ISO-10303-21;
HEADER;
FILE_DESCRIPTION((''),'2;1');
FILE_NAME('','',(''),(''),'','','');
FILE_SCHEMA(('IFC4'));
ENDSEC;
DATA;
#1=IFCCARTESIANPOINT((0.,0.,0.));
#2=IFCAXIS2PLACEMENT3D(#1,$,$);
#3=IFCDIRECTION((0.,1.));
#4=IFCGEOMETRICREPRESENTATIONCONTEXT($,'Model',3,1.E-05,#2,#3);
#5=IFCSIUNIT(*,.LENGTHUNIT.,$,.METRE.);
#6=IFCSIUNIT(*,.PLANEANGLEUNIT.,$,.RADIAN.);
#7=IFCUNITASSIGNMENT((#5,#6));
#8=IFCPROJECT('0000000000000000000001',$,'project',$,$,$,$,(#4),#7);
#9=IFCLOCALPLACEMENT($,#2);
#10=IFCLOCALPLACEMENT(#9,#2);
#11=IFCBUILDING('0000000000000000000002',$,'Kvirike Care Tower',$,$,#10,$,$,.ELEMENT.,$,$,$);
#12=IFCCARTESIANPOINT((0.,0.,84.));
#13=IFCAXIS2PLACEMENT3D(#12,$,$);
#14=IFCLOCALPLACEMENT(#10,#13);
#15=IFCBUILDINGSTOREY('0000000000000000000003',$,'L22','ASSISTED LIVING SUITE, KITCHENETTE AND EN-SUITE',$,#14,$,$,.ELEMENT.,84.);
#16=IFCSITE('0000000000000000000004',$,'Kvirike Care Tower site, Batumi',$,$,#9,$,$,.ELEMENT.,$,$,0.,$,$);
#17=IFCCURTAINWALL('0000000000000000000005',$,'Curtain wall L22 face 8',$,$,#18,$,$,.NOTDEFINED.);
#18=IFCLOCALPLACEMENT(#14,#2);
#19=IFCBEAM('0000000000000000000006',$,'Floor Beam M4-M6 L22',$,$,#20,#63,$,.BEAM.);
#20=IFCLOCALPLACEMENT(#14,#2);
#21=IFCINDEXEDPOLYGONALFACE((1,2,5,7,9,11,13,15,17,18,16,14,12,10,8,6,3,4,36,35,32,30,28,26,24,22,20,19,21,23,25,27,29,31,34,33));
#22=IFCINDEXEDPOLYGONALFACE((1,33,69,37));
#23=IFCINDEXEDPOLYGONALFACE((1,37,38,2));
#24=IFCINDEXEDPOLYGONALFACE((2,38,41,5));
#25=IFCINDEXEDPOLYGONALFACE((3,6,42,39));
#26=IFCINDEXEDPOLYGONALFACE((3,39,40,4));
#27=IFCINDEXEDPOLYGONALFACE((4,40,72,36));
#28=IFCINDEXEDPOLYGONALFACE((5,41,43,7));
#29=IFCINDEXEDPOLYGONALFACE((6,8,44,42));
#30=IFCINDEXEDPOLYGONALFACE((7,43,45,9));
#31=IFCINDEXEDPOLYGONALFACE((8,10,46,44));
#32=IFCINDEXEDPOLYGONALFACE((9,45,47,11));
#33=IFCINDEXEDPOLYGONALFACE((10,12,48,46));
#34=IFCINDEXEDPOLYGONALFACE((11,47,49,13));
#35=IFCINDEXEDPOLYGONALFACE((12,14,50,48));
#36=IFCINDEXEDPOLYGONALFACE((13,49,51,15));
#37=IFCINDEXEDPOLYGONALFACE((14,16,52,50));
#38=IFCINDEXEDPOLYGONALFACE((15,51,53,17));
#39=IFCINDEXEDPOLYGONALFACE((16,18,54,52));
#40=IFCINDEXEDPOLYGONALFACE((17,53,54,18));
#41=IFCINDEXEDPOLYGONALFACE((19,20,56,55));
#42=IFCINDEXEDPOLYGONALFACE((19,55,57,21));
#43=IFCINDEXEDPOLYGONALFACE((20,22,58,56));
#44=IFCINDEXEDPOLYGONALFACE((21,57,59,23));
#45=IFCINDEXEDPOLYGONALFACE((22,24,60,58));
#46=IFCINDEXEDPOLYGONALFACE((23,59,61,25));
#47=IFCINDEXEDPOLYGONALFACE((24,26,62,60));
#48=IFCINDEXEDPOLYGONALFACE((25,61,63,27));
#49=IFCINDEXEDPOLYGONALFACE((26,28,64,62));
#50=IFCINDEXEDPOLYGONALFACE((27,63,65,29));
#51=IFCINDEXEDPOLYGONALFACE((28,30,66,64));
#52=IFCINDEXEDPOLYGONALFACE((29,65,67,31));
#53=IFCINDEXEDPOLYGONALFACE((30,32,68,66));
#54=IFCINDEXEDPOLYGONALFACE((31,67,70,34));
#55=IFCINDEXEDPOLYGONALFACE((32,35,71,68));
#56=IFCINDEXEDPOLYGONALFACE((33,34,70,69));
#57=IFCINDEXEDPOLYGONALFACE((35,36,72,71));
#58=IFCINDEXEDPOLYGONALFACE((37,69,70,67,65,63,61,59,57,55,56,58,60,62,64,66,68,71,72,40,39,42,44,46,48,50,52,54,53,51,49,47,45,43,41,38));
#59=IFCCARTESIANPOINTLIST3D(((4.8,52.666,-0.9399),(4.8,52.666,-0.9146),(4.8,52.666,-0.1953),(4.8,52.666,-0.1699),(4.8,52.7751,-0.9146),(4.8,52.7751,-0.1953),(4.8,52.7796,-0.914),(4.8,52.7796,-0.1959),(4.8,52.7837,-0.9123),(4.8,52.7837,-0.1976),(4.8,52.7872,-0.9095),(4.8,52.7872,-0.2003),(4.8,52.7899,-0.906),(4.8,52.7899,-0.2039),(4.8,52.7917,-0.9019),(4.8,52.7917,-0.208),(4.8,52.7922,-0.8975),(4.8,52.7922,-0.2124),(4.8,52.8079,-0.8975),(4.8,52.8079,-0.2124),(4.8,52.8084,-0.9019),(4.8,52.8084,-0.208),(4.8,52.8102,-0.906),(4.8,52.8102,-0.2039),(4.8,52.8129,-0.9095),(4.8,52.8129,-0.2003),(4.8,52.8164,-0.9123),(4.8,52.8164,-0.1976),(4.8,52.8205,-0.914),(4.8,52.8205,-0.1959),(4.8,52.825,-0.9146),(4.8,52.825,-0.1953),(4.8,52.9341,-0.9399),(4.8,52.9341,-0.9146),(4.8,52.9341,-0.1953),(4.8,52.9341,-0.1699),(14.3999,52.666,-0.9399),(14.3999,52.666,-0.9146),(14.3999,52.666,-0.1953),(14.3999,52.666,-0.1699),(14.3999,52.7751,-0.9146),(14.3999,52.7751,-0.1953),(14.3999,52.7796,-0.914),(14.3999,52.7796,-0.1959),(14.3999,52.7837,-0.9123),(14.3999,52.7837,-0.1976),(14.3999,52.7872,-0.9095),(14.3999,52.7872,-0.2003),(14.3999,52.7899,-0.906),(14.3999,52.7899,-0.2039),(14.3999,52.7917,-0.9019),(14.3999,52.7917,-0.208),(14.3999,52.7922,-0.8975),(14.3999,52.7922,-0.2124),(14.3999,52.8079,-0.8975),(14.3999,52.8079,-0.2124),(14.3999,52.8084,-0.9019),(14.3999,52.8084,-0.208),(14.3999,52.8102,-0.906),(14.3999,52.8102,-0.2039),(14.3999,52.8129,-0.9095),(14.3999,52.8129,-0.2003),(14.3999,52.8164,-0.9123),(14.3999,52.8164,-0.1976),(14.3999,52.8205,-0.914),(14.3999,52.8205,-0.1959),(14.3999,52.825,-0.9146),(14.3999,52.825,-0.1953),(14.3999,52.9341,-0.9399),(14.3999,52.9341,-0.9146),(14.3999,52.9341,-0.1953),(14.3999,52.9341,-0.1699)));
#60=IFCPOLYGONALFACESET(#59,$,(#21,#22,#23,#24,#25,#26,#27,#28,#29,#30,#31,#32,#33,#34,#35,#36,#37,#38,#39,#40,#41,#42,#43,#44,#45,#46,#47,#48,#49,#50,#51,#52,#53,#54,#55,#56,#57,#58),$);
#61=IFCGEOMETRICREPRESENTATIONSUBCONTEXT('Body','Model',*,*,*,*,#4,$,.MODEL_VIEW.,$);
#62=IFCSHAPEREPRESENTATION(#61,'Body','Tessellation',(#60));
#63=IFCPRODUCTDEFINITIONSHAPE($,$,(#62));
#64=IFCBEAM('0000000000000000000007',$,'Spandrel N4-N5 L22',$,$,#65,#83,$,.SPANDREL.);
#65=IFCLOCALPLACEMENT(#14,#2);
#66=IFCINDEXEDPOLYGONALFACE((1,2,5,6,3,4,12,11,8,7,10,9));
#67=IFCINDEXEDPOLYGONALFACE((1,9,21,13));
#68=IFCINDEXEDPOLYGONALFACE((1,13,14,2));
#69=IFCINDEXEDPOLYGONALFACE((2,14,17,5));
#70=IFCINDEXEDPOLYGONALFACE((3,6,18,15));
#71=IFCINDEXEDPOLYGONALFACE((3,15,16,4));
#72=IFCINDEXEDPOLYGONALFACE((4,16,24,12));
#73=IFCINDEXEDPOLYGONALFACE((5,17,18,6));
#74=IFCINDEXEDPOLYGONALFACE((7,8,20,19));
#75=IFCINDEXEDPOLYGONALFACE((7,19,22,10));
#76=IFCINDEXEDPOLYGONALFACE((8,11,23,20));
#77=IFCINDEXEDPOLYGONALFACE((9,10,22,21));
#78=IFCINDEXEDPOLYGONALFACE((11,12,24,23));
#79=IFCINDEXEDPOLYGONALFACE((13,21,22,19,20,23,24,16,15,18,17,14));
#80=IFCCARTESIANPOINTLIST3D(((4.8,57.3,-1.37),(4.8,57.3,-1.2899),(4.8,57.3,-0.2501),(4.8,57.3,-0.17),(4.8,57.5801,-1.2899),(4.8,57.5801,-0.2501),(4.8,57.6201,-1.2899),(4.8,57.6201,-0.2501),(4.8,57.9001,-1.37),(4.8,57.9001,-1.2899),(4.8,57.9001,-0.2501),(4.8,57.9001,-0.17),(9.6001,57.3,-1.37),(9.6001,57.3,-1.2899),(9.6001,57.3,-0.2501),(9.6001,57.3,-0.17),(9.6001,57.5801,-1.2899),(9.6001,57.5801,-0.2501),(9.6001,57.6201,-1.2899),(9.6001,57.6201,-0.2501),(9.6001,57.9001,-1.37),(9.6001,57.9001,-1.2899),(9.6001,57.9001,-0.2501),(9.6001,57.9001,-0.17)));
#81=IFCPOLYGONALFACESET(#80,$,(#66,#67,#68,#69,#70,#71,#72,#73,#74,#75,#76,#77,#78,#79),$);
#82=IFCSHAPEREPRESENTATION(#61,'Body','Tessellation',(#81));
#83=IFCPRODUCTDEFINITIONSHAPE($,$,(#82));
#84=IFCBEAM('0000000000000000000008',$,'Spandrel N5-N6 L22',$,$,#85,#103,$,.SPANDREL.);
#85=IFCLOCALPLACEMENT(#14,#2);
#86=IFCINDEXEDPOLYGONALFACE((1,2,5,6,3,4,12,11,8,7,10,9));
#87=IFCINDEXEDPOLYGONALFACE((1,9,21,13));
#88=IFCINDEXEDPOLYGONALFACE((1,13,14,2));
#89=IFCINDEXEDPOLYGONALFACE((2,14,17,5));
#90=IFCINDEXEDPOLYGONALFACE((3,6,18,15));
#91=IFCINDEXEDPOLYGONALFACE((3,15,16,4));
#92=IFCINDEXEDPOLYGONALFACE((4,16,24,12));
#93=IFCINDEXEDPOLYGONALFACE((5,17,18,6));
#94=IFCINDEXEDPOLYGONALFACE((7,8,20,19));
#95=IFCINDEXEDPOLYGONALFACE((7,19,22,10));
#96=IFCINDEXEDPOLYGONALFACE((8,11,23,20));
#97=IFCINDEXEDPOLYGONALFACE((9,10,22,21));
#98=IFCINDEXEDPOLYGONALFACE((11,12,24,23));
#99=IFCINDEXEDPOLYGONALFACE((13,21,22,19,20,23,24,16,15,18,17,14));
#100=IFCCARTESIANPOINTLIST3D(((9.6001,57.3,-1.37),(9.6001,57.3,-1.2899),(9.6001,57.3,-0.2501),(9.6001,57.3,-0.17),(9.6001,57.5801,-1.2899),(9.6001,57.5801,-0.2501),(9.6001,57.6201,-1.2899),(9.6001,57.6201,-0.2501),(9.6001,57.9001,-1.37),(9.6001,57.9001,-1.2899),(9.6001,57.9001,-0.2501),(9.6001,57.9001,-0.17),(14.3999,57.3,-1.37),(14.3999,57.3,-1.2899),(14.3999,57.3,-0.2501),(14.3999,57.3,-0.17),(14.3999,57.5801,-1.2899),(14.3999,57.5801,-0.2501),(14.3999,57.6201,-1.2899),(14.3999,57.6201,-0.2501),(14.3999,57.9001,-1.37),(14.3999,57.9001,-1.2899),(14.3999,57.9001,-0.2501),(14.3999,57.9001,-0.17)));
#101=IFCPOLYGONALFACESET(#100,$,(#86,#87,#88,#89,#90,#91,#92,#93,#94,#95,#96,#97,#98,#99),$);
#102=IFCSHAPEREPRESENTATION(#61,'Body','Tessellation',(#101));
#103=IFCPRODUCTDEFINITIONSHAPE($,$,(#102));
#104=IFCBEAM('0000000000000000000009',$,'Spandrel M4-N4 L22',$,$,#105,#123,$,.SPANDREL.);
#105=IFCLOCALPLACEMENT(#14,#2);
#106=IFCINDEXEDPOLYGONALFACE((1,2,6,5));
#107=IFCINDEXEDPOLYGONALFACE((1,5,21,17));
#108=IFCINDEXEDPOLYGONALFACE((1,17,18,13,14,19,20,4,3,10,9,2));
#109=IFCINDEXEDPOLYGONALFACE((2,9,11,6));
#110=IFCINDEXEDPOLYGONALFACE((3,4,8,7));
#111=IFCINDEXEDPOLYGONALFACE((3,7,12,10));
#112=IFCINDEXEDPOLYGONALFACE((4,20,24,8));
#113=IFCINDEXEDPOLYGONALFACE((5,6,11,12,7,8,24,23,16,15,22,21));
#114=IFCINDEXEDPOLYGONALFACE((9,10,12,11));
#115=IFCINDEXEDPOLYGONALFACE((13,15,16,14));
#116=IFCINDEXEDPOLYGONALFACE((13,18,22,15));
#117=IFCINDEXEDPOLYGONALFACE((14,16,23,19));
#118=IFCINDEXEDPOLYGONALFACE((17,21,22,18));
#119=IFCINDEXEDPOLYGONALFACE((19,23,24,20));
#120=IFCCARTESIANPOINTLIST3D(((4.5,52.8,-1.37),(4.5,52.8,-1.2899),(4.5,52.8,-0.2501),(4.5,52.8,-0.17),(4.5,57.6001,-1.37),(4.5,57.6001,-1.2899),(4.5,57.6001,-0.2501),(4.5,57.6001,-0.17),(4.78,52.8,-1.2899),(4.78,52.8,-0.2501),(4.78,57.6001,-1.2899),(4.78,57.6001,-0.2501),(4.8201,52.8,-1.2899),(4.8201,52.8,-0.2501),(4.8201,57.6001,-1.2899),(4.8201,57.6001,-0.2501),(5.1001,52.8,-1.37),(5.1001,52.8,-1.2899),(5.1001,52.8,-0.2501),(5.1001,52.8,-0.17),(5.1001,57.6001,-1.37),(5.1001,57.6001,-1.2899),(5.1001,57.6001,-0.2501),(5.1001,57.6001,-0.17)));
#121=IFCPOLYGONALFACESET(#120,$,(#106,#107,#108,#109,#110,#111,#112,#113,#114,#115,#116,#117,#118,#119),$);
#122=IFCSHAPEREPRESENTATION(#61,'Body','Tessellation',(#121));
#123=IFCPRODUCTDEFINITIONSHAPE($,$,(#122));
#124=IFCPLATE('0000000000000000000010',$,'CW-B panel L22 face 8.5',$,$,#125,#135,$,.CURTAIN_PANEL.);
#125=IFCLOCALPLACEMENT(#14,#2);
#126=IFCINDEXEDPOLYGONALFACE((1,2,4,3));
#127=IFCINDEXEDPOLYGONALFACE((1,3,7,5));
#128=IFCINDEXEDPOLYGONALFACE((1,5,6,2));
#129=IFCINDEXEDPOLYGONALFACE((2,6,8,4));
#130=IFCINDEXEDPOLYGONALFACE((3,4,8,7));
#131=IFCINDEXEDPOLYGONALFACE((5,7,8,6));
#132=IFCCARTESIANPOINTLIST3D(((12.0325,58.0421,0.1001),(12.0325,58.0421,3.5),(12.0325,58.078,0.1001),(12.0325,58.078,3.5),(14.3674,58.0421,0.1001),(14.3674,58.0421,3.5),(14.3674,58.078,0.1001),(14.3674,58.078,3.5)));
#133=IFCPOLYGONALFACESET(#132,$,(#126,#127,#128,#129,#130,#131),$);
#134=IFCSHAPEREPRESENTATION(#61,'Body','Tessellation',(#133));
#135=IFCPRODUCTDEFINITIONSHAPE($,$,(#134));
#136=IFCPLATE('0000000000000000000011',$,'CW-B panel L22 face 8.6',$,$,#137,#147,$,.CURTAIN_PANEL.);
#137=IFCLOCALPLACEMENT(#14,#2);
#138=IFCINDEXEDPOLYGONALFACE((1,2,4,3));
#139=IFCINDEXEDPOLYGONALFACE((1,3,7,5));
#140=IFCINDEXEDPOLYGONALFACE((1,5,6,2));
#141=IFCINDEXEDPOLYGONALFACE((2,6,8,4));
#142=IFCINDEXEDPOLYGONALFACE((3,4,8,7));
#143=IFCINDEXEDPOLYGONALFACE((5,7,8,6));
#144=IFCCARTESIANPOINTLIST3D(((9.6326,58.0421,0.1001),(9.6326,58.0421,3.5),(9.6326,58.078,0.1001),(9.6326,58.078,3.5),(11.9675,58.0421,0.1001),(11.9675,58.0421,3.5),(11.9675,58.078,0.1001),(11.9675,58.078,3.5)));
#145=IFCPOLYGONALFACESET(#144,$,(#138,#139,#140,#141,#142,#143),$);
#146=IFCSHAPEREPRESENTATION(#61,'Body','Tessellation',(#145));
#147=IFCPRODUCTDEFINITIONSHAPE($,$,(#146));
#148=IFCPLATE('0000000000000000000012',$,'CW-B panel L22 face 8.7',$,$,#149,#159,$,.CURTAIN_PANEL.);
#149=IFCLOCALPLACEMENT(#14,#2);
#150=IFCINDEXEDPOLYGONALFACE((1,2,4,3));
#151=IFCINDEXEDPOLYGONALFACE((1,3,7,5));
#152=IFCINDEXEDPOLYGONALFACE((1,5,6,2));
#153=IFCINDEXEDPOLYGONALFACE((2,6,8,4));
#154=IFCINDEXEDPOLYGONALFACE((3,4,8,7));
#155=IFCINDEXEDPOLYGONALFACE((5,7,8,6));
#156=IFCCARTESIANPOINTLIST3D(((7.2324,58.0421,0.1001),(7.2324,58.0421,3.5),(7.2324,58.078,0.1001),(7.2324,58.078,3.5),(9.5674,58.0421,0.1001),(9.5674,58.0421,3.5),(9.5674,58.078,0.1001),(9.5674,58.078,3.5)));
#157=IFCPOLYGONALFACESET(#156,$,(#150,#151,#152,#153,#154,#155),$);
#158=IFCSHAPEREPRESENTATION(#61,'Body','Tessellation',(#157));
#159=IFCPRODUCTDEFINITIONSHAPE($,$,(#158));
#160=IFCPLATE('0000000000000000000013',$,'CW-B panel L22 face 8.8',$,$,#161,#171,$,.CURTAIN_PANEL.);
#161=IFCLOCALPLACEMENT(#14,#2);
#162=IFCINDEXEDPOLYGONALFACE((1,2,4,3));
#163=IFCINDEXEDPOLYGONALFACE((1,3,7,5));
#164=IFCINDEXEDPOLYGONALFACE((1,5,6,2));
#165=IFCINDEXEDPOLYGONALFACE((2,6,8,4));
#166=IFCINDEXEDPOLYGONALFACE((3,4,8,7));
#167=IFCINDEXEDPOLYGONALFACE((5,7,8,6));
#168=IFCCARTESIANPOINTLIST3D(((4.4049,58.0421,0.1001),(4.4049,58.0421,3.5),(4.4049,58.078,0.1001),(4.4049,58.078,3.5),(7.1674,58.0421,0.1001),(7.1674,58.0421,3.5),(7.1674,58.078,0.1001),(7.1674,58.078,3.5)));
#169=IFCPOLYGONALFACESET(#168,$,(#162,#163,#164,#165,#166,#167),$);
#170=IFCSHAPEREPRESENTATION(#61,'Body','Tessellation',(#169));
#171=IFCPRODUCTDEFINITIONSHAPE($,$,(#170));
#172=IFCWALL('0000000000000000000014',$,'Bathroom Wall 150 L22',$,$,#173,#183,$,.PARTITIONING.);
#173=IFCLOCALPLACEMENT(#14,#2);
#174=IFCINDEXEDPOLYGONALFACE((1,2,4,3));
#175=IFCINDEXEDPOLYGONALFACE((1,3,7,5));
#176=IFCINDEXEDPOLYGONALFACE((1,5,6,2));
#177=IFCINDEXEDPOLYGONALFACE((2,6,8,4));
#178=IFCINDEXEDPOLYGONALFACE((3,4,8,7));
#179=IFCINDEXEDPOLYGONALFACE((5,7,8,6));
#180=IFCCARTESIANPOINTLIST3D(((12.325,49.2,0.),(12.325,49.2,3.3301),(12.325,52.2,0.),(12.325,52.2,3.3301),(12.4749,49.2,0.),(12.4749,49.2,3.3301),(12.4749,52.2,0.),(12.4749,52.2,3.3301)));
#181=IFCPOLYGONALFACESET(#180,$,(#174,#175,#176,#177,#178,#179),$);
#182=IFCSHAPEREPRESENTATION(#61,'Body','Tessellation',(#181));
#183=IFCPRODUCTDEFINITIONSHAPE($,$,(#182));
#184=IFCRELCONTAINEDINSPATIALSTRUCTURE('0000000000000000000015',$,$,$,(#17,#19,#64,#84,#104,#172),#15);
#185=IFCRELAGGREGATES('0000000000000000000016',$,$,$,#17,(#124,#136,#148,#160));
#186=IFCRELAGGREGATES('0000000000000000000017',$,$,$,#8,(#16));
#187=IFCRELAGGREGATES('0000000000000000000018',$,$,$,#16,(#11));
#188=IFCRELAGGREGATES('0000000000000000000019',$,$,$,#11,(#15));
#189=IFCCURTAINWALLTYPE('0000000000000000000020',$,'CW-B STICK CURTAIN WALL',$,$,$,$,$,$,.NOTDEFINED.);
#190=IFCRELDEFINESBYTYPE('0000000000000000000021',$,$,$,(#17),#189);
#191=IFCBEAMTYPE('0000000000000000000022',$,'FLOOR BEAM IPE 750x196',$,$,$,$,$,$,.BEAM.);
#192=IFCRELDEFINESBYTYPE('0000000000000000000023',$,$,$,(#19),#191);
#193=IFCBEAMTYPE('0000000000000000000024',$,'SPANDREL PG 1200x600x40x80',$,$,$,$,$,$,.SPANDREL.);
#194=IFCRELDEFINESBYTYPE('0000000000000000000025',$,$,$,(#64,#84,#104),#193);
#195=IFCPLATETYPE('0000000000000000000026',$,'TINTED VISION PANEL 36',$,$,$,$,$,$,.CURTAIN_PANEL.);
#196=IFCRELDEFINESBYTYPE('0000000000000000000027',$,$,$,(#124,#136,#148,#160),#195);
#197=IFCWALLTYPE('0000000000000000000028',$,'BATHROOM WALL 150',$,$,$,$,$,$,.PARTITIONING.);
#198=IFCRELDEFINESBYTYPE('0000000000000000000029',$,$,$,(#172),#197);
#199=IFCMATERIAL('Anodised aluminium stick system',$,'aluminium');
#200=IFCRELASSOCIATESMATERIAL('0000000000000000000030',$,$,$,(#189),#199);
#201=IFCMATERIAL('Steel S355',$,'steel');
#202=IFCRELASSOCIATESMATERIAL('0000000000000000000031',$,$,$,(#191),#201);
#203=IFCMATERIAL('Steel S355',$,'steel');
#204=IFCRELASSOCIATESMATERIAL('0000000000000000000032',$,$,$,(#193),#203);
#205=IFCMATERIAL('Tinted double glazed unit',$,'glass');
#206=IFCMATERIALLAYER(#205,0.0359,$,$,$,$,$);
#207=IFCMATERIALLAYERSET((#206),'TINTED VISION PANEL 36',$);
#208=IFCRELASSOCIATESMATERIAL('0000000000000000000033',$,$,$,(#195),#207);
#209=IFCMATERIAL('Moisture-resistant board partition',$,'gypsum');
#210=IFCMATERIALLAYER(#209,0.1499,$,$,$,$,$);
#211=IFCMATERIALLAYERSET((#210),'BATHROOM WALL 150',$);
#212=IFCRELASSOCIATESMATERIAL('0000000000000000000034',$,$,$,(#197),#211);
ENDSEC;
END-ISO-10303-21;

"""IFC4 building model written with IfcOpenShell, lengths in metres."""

from ifc_helpers import new_model, si_unit, direction, frame, frame_2d, origin, origin_2d, place, context, subcontext, project, spatial, rectangle, i_section, extrude, material, layer, layer_set, material_profile, profile_set, type_object, element, aggregate, save


model = new_model("IFC4")

# Units and contexts
model_context = context("Model", 3, precision=1e-05, world=origin(), true_north=direction((0.0, 1.0)))
body_context = subcontext(model_context, "Body", "Model", "MODEL_VIEW")
ifc_project = project(units=[si_unit("LENGTHUNIT", "METRE"), si_unit("PLANEANGLEUNIT", "RADIAN")], contexts=[model_context])

# Site, building, storey
site_placement = place(None, origin())
site = spatial("IfcSite", under=ifc_project, at=site_placement, Name="Kvirike Care Tower site, Batumi", CompositionType="ELEMENT", RefElevation=0.0)
building_placement = place(site_placement, origin())
building = spatial("IfcBuilding", under=site, at=building_placement, Name="Kvirike Care Tower", CompositionType="ELEMENT")
storey_placement = place(building_placement, frame((0.0, 0.0, 84.0)))
storey = spatial("IfcBuildingStorey", under=building, at=storey_placement, Name="L22", Description="ASSISTED LIVING SUITE, KITCHENETTE AND EN-SUITE", CompositionType="ELEMENT", Elevation=84.0)

# Curtain wall
ifc_material_1 = material(Name="Anodised aluminium stick system", Category="aluminium")
curtain_wall_type = type_object("IfcCurtainWallType", Name="CW-B STICK CURTAIN WALL", PredefinedType="NOTDEFINED", material=ifc_material_1)
curtain_wall_placement = place(storey_placement, origin())
curtain_wall = element("IfcCurtainWall", 1, at=curtain_wall_placement, inside=storey, type_object=curtain_wall_type, Name="Curtain wall L22 face 8", PredefinedType="NOTDEFINED")

# Beams
ifc_material_2 = material(Name="Steel S355", Category="steel")
ifc_material_profile_1 = material_profile(ifc_material_2, i_section(OverallWidth=0.2681, OverallDepth=0.77, WebThickness=0.0156, FlangeThickness=0.0254, FilletRadius=0.0171, at=origin_2d()), Name="IPE 750x196")
ifc_profile_set_1 = profile_set([ifc_material_profile_1], Name="Steel S355")
beam_type_1 = type_object("IfcBeamType", Name="FLOOR BEAM IPE 750x196", PredefinedType="BEAM", material=ifc_profile_set_1)
beam_1_placement = place(storey_placement, frame((4.8, 52.8, -0.5549), z_axis=(1.0, 0.0, 0.0), x_axis=(0.0, 1.0, 0.0)))
element("IfcBeam", 2, at=beam_1_placement, inside=storey, type_object=beam_type_1, Name="Floor Beam M4-M6 L22", PredefinedType="BEAM", context=body_context, shape_type="SweptSolid", body=[
    extrude(i_section(OverallWidth=0.2681, OverallDepth=0.77, WebThickness=0.0156, FlangeThickness=0.0254, FilletRadius=0.0171, at=origin_2d()), origin(), (0.0, 0.0, 1.0), 9.5999),
])
ifc_material_3 = material(Name="Steel S355", Category="steel")
ifc_material_profile_2 = material_profile(ifc_material_3, i_section(OverallWidth=0.6001, OverallDepth=1.2, WebThickness=0.04, FlangeThickness=0.0801, at=origin_2d()), Name="PG 1200x600x40x80")
ifc_profile_set_2 = profile_set([ifc_material_profile_2], Name="Steel S355")
beam_type_2 = type_object("IfcBeamType", Name="SPANDREL PG 1200x600x40x80", PredefinedType="SPANDREL", material=ifc_profile_set_2)
beam_2_placement = place(storey_placement, frame((4.8, 57.6001, -0.77), z_axis=(1.0, 0.0, 0.0), x_axis=(0.0, 1.0, 0.0)))
element("IfcBeam", 3, at=beam_2_placement, inside=storey, type_object=beam_type_2, Name="Spandrel N4-N5 L22", PredefinedType="SPANDREL", context=body_context, shape_type="SweptSolid", body=[
    extrude(i_section(OverallWidth=0.6001, OverallDepth=1.2, WebThickness=0.04, FlangeThickness=0.0801, at=origin_2d()), origin(), (0.0, 0.0, 1.0), 4.8),
])
beam_3_placement = place(storey_placement, frame((9.6001, 57.6001, -0.77), z_axis=(1.0, 0.0, 0.0), x_axis=(0.0, 1.0, 0.0)))
element("IfcBeam", 4, at=beam_3_placement, inside=storey, type_object=beam_type_2, Name="Spandrel N5-N6 L22", PredefinedType="SPANDREL", context=body_context, shape_type="SweptSolid", body=[
    extrude(i_section(OverallWidth=0.6001, OverallDepth=1.2, WebThickness=0.04, FlangeThickness=0.0801, at=origin_2d()), origin(), (0.0, 0.0, 1.0), 4.7998),
])
beam_4_placement = place(storey_placement, frame((4.8, 52.8, -0.77), z_axis=(0.0, 1.0, 0.0), x_axis=(-1.0, 0.0, 0.0)))
element("IfcBeam", 5, at=beam_4_placement, inside=storey, type_object=beam_type_2, Name="Spandrel M4-N4 L22", PredefinedType="SPANDREL", context=body_context, shape_type="SweptSolid", body=[
    extrude(i_section(OverallWidth=0.6001, OverallDepth=1.2, WebThickness=0.04, FlangeThickness=0.0801, at=origin_2d()), origin(), (0.0, 0.0, 1.0), 4.8),
])

# Plates
ifc_material_4 = material(Name="Tinted double glazed unit", Category="glass")
ifc_layer_1 = layer(ifc_material_4, 0.0359)
ifc_layer_set_1 = layer_set([ifc_layer_1], Name="TINTED VISION PANEL 36")
plate_type = type_object("IfcPlateType", Name="TINTED VISION PANEL 36", PredefinedType="CURTAIN_PANEL", material=ifc_layer_set_1)
plate_1_placement = place(storey_placement, frame((13.2, 58.0601, 0.1001), z_axis=(0.0, 0.0, 1.0), x_axis=(-1.0, 0.0, 0.0)))
plate_1 = element("IfcPlate", 6, at=plate_1_placement, type_object=plate_type, Name="CW-B panel L22 face 8.5", PredefinedType="CURTAIN_PANEL", context=body_context, shape_type="SweptSolid", body=[
    extrude(rectangle(XDim=2.335, YDim=0.0359, at=origin_2d()), origin(), (0.0, 0.0, 1.0), 3.3999),
])
plate_2_placement = place(storey_placement, frame((10.8, 58.0601, 0.1001), z_axis=(0.0, 0.0, 1.0), x_axis=(-1.0, 0.0, 0.0)))
plate_2 = element("IfcPlate", 7, at=plate_2_placement, type_object=plate_type, Name="CW-B panel L22 face 8.6", PredefinedType="CURTAIN_PANEL", context=body_context, shape_type="SweptSolid", body=[
    extrude(rectangle(XDim=2.335, YDim=0.0359, at=origin_2d()), origin(), (0.0, 0.0, 1.0), 3.3999),
])
plate_3_placement = place(storey_placement, frame((8.3999, 58.0601, 0.1001), z_axis=(0.0, 0.0, 1.0), x_axis=(-1.0, 0.0, 0.0)))
plate_3 = element("IfcPlate", 8, at=plate_3_placement, type_object=plate_type, Name="CW-B panel L22 face 8.7", PredefinedType="CURTAIN_PANEL", context=body_context, shape_type="SweptSolid", body=[
    extrude(rectangle(XDim=2.335, YDim=0.0359, at=origin_2d()), origin(), (0.0, 0.0, 1.0), 3.3999),
])
plate_4_placement = place(storey_placement, frame((5.7861, 58.0601, 0.1001), z_axis=(0.0, 0.0, 1.0), x_axis=(-1.0, 0.0, 0.0)))
plate_4 = element("IfcPlate", 9, at=plate_4_placement, type_object=plate_type, Name="CW-B panel L22 face 8.8", PredefinedType="CURTAIN_PANEL", context=body_context, shape_type="SweptSolid", body=[
    extrude(rectangle(XDim=2.7625, YDim=0.0359, at=origin_2d()), origin(), (0.0, 0.0, 1.0), 3.3999),
])
aggregate(curtain_wall, [plate_1, plate_2, plate_3, plate_4])

# Wall
ifc_material_5 = material(Name="Moisture-resistant board partition", Category="gypsum")
ifc_layer_2 = layer(ifc_material_5, 0.1499)
ifc_layer_set_2 = layer_set([ifc_layer_2], Name="BATHROOM WALL 150")
wall_type_1 = type_object("IfcWallType", Name="BATHROOM WALL 150", PredefinedType="PARTITIONING", material=ifc_layer_set_2)
wall_1_placement = place(storey_placement, frame((12.3999, 52.2, 0.0), z_axis=(0.0, 0.0, 1.0), x_axis=(0.0, -1.0, 0.0)))
element("IfcWall", 10, at=wall_1_placement, inside=storey, type_object=wall_type_1, Name="Bathroom Wall 150 L22", PredefinedType="PARTITIONING", context=body_context, shape_type="SweptSolid", body=[
    extrude(rectangle(XDim=3.0, YDim=0.1499, at=frame_2d((1.5, 0.0))), origin(), (0.0, 0.0, 1.0), 3.3301),
])

save(model, "model.ifc")
